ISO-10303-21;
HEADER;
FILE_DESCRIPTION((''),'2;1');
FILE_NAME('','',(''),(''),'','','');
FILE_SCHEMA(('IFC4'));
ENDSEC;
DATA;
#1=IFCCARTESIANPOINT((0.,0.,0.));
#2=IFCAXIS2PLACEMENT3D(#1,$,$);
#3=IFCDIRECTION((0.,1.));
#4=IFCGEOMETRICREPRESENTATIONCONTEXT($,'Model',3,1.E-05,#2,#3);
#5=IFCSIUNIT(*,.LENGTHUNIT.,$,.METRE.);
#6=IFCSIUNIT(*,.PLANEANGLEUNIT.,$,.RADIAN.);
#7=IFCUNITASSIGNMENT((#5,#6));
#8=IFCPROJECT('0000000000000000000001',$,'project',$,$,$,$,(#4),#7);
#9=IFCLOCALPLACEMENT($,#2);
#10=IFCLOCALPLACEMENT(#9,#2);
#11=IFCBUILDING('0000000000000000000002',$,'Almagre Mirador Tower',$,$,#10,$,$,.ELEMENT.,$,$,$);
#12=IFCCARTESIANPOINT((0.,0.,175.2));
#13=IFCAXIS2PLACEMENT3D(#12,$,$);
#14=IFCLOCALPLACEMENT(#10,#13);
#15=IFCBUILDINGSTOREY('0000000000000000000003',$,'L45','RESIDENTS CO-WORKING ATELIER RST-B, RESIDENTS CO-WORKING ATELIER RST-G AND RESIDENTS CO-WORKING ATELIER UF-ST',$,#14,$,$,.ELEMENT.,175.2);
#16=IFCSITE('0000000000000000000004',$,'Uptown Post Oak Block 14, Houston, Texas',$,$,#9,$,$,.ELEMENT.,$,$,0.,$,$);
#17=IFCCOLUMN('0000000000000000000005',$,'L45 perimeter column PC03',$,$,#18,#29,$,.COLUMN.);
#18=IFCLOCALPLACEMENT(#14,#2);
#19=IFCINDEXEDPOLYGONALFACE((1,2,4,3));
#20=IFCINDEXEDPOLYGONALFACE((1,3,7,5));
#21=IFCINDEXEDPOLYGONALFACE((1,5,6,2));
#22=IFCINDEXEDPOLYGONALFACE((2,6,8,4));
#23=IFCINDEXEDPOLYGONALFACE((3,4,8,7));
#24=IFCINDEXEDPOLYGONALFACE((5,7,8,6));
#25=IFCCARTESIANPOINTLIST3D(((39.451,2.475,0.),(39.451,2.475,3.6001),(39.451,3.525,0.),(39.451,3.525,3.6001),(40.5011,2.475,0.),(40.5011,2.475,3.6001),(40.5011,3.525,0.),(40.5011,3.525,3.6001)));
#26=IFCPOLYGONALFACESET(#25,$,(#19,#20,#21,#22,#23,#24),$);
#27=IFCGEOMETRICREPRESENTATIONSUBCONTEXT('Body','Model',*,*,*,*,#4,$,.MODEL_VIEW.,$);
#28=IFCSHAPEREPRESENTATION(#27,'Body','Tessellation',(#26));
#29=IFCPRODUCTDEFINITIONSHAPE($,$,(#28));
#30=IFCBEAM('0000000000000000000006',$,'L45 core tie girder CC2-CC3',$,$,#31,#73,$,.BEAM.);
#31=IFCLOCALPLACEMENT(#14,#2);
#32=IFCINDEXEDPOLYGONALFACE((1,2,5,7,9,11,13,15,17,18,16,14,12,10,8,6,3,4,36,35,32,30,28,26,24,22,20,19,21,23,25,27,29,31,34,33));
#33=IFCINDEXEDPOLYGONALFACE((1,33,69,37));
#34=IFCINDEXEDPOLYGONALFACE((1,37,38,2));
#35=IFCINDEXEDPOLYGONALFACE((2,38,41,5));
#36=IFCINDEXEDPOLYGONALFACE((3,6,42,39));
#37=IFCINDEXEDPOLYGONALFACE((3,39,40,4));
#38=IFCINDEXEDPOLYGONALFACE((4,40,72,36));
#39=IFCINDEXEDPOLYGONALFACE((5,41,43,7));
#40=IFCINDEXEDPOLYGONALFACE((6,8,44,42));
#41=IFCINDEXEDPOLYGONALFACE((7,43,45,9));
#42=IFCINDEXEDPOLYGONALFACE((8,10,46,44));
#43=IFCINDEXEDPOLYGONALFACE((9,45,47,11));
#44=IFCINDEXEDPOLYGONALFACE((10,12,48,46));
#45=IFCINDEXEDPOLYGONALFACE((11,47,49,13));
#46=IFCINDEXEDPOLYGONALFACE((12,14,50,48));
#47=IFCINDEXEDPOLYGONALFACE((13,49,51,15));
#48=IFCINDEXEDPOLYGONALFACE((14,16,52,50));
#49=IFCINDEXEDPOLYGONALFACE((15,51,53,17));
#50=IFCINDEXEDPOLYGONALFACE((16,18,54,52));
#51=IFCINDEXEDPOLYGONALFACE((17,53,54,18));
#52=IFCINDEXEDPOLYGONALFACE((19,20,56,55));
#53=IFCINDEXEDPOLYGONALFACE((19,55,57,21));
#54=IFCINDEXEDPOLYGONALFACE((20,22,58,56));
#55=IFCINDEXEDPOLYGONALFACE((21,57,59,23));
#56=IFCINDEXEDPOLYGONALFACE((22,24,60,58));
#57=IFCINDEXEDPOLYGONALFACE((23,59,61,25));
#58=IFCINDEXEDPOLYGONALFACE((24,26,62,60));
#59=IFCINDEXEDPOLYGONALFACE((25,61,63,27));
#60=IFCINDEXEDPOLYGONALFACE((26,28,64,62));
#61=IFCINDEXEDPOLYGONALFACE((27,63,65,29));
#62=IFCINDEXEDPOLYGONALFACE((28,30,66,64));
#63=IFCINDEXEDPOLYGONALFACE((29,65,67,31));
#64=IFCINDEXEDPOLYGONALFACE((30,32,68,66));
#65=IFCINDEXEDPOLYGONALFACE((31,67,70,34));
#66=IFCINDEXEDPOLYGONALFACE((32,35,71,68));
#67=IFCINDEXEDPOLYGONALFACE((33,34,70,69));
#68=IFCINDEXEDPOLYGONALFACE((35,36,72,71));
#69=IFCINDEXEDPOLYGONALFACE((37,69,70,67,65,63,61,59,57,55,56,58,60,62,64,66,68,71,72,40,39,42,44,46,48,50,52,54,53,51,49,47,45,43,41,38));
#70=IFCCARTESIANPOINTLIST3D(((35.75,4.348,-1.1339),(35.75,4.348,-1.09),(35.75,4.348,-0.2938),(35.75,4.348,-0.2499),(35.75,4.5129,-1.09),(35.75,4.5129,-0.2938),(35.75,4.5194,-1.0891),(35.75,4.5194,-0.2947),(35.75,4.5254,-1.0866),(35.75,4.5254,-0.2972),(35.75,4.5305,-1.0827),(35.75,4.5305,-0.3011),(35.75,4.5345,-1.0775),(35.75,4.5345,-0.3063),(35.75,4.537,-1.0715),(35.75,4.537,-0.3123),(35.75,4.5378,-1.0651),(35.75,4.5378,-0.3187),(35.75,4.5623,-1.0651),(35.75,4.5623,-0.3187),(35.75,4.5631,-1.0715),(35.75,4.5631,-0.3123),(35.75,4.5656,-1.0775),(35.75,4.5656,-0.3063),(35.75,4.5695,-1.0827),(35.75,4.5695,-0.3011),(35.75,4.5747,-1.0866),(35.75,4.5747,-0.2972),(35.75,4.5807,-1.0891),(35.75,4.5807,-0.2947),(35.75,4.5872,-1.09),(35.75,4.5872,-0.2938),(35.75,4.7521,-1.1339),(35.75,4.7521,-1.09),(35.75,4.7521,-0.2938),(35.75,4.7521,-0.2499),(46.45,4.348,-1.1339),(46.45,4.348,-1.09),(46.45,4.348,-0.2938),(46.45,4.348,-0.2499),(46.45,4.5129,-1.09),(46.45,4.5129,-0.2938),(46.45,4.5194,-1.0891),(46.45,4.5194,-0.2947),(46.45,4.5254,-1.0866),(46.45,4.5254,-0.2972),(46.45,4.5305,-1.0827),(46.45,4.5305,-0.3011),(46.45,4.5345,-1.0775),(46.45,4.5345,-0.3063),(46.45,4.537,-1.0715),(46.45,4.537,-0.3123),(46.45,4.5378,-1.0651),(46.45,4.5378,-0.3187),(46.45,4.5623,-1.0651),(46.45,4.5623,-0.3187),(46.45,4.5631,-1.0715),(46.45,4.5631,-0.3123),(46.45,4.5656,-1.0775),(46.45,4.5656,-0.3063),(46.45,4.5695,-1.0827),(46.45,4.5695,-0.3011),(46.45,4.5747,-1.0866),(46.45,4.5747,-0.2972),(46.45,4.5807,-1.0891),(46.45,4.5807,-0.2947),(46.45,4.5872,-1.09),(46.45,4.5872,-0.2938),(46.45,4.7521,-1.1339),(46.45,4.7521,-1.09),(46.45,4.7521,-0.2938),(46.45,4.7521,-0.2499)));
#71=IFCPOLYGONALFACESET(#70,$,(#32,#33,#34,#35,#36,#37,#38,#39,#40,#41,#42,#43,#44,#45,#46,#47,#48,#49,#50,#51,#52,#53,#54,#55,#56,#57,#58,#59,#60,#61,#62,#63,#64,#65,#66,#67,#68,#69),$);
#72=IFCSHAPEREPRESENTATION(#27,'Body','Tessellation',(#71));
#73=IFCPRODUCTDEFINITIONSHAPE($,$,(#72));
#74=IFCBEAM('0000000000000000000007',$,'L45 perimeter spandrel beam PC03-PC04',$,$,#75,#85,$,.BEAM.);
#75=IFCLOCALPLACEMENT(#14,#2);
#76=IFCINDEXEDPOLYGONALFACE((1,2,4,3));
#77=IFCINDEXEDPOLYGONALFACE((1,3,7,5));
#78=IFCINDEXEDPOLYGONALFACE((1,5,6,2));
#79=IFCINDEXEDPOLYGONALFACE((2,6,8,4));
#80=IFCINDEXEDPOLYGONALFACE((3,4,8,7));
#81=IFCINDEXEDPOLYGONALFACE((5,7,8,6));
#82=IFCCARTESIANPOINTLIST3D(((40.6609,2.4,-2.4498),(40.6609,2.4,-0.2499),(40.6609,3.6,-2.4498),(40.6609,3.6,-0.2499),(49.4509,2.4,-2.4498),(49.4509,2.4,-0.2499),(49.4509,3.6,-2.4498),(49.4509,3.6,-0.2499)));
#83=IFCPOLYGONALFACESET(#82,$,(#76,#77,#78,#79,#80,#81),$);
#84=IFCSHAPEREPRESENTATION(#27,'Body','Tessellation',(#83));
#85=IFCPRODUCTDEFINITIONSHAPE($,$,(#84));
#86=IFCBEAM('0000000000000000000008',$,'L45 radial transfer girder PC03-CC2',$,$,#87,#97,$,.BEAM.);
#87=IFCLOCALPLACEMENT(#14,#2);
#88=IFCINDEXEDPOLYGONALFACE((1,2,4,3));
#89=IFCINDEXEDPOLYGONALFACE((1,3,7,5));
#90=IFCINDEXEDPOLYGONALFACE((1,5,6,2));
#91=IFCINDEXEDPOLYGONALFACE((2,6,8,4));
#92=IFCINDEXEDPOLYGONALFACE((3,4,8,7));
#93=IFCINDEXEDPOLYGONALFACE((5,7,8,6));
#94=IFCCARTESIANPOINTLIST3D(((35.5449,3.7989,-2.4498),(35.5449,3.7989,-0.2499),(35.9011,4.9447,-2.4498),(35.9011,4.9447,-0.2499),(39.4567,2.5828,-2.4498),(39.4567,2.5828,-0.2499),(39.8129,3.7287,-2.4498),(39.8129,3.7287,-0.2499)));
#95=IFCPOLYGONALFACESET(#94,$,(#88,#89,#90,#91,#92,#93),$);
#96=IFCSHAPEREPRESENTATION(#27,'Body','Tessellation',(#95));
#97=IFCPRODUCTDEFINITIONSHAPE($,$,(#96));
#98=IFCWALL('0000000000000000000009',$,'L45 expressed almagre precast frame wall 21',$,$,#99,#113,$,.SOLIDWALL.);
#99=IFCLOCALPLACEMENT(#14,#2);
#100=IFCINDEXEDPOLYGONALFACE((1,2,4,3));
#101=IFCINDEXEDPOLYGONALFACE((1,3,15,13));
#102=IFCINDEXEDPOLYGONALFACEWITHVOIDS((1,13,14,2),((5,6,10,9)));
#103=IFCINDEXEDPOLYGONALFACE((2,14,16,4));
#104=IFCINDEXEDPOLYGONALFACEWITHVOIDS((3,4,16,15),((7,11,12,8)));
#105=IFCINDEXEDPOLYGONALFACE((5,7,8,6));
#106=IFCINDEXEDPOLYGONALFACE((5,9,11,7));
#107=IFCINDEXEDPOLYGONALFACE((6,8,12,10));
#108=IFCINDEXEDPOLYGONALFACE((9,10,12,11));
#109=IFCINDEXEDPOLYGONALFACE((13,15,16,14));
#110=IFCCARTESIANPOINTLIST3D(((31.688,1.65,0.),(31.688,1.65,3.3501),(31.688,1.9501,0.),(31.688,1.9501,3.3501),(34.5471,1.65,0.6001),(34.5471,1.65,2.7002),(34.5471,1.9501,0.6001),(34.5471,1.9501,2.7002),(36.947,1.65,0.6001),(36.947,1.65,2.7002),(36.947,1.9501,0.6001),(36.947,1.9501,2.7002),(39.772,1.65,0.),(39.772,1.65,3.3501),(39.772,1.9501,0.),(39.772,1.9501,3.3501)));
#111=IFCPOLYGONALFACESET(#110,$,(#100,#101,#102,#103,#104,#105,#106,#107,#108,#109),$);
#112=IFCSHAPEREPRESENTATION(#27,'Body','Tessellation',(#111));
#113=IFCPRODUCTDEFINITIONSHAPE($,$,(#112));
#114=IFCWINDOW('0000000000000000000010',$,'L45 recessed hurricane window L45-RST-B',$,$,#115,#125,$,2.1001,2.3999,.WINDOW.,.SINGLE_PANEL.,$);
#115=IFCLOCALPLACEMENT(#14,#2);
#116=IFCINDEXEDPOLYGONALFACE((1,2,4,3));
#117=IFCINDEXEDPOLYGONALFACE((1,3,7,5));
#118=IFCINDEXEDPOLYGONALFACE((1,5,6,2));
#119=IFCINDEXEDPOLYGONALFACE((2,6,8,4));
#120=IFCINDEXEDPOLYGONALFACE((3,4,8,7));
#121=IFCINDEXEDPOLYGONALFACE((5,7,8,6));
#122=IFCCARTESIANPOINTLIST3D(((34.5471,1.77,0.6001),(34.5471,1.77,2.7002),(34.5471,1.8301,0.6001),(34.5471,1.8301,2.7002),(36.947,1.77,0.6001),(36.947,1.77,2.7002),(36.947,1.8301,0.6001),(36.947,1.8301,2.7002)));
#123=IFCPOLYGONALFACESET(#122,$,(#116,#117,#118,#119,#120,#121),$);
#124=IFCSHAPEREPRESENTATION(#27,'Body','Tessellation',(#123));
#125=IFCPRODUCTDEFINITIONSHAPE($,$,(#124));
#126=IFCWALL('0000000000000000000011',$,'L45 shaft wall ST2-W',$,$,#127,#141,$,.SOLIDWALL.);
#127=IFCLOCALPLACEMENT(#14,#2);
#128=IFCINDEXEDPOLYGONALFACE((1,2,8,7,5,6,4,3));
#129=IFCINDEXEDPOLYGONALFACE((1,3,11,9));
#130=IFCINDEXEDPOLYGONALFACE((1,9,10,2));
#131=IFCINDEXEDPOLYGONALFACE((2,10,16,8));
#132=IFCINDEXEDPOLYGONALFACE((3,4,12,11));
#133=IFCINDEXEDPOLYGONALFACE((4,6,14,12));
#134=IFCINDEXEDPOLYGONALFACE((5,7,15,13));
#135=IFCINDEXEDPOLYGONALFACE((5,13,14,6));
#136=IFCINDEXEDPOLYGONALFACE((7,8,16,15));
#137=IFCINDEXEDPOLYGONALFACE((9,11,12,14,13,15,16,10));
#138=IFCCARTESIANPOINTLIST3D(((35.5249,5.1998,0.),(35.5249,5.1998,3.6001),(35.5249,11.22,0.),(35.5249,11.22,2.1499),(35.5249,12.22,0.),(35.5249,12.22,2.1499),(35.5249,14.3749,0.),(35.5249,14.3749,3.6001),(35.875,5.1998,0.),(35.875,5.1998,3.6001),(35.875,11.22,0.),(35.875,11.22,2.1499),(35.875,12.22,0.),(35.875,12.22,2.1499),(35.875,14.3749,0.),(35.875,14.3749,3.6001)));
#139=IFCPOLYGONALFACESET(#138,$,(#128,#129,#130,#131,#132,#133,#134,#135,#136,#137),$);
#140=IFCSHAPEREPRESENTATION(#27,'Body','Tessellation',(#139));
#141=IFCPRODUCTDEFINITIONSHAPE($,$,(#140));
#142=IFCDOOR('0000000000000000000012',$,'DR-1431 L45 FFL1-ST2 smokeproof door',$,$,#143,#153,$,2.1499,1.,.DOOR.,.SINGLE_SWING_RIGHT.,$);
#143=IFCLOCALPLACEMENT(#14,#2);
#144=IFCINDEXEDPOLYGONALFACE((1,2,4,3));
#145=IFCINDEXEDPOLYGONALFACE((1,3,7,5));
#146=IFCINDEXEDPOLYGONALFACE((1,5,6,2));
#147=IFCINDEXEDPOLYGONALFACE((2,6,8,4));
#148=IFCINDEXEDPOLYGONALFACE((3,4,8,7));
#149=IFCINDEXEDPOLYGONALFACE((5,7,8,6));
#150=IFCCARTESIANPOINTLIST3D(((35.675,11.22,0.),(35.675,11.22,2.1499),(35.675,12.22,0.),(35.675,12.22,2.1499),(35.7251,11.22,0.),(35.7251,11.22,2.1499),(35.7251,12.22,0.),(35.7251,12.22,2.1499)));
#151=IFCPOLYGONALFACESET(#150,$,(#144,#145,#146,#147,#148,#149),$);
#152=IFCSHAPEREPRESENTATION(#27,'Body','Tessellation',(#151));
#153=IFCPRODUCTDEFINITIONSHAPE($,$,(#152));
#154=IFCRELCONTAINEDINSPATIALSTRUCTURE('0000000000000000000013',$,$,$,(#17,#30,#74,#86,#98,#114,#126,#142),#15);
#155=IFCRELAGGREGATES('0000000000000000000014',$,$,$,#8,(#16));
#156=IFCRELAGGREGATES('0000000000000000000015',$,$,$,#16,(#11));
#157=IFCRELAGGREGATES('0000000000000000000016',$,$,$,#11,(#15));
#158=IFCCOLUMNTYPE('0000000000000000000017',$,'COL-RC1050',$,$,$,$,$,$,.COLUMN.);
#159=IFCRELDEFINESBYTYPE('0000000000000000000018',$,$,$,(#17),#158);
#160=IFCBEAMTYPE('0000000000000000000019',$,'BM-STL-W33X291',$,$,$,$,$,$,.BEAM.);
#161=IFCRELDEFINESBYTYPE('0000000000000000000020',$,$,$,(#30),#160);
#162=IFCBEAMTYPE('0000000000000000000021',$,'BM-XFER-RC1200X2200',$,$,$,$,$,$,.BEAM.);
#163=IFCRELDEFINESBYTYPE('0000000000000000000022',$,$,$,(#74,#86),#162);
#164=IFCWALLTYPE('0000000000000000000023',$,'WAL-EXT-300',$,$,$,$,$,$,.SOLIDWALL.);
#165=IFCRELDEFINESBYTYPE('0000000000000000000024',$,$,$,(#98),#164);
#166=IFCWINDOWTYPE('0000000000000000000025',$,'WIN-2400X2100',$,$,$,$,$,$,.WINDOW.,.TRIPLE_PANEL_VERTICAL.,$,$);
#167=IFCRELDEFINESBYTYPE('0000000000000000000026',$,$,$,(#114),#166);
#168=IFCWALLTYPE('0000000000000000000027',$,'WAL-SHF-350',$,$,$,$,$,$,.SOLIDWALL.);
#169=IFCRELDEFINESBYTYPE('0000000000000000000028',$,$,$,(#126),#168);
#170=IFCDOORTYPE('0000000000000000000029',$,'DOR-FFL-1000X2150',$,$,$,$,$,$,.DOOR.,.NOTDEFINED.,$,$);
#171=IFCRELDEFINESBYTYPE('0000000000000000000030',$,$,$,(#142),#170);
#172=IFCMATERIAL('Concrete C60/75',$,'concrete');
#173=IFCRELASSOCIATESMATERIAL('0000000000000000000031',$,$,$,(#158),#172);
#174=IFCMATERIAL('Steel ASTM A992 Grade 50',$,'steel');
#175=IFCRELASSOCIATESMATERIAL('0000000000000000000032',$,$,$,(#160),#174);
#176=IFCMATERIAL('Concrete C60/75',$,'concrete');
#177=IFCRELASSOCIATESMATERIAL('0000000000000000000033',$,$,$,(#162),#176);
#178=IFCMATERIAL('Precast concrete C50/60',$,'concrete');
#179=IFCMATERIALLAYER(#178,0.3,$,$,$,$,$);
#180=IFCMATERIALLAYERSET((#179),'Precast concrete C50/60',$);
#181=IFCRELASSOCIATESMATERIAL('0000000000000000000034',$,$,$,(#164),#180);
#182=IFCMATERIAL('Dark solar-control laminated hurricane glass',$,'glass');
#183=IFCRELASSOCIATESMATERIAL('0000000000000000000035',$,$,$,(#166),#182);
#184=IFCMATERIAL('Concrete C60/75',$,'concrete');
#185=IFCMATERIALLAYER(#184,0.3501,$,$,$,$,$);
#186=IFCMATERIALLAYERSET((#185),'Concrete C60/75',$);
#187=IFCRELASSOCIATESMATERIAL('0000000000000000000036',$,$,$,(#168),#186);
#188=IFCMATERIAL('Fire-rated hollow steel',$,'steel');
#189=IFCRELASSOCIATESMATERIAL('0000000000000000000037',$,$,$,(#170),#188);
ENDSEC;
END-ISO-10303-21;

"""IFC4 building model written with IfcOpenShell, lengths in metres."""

from ifc_helpers import new_model, si_unit, direction, frame, frame_2d, origin, origin_2d, place, context, subcontext, project, spatial, rectangle, i_section, extrude, material, layer, layer_set, material_profile, profile_set, type_object, element, fill, save


model = new_model("IFC4")

# Units and contexts
model_context = context("Model", 3, precision=1e-05, world=origin(), true_north=direction((0.0, 1.0)))
body_context = subcontext(model_context, "Body", "Model", "MODEL_VIEW")
ifc_project = project(units=[si_unit("LENGTHUNIT", "METRE"), si_unit("PLANEANGLEUNIT", "RADIAN")], contexts=[model_context])

# Site, building, storey
site_placement = place(None, origin())
site = spatial("IfcSite", under=ifc_project, at=site_placement, Name="Uptown Post Oak Block 14, Houston, Texas", CompositionType="ELEMENT", RefElevation=0.0)
building_placement = place(site_placement, origin())
building = spatial("IfcBuilding", under=site, at=building_placement, Name="Almagre Mirador Tower", CompositionType="ELEMENT")
storey_placement = place(building_placement, frame((0.0, 0.0, 175.2)))
storey = spatial("IfcBuildingStorey", under=building, at=storey_placement, Name="L45", Description="RESIDENTS CO-WORKING ATELIER RST-B, RESIDENTS CO-WORKING ATELIER RST-G AND RESIDENTS CO-WORKING ATELIER UF-ST", CompositionType="ELEMENT", Elevation=175.2)

# Column
ifc_material_1 = material(Name="Concrete C60/75", Category="concrete")
ifc_material_profile_1 = material_profile(ifc_material_1, rectangle(XDim=1.05, YDim=1.05, at=origin_2d()), Name="RC1050X1050")
ifc_profile_set_1 = profile_set([ifc_material_profile_1], Name="Concrete C60/75")
column_type = type_object("IfcColumnType", Name="COL-RC1050", PredefinedType="COLUMN", material=ifc_profile_set_1)
column_placement = place(storey_placement, frame((39.9761, 3.0, 0.0), z_axis=(0.0, 0.0, 1.0), x_axis=(1.0, 0.0, 0.0)))
element("IfcColumn", 1, at=column_placement, inside=storey, type_object=column_type, Name="L45 perimeter column PC03", PredefinedType="COLUMN", context=body_context, shape_type="SweptSolid", body=[
    extrude(rectangle(XDim=1.05, YDim=1.05, at=origin_2d()), origin(), (0.0, 0.0, 1.0), 3.6001),
])

# Beams
ifc_material_2 = material(Name="Steel ASTM A992 Grade 50", Category="steel")
ifc_material_profile_2 = material_profile(ifc_material_2, i_section(OverallWidth=0.4041, OverallDepth=0.884, WebThickness=0.0244, FlangeThickness=0.0439, FilletRadius=0.0249, at=origin_2d()), Name="W33X291")
ifc_profile_set_2 = profile_set([ifc_material_profile_2], Name="Steel ASTM A992 Grade 50")
beam_type_1 = type_object("IfcBeamType", Name="BM-STL-W33X291", PredefinedType="BEAM", material=ifc_profile_set_2)
beam_1_placement = place(storey_placement, frame((35.75, 4.55, -0.6919), z_axis=(1.0, 0.0, 0.0), x_axis=(0.0, 1.0, 0.0)))
element("IfcBeam", 2, at=beam_1_placement, inside=storey, type_object=beam_type_1, Name="L45 core tie girder CC2-CC3", PredefinedType="BEAM", context=body_context, shape_type="SweptSolid", body=[
    extrude(i_section(OverallWidth=0.4041, OverallDepth=0.884, WebThickness=0.0244, FlangeThickness=0.0439, FilletRadius=0.0249, at=origin_2d()), origin(), (0.0, 0.0, 1.0), 10.7),
])
ifc_material_3 = material(Name="Concrete C60/75", Category="concrete")
ifc_material_profile_3 = material_profile(ifc_material_3, rectangle(XDim=1.2, YDim=2.2, at=origin_2d()), Name="RC1200X2200")
ifc_profile_set_3 = profile_set([ifc_material_profile_3], Name="Concrete C60/75")
beam_type_2 = type_object("IfcBeamType", Name="BM-XFER-RC1200X2200", PredefinedType="BEAM", material=ifc_profile_set_3)
beam_2_placement = place(storey_placement, frame((40.6609, 3.0, -1.3499), z_axis=(1.0, 0.0, 0.0), x_axis=(0.0, 1.0, 0.0)))
element("IfcBeam", 3, at=beam_2_placement, inside=storey, type_object=beam_type_2, Name="L45 perimeter spandrel beam PC03-PC04", PredefinedType="BEAM", context=body_context, shape_type="SweptSolid", body=[
    extrude(rectangle(XDim=1.2, YDim=2.2, at=origin_2d()), origin(), (0.0, 0.0, 1.0), 8.79),
])
beam_3_placement = place(storey_placement, frame((39.6348, 3.1558, -1.3499), z_axis=(-0.954923, 0.296853, 0.0), x_axis=(-0.296853, -0.954923, 0.0)))
element("IfcBeam", 4, at=beam_3_placement, inside=storey, type_object=beam_type_2, Name="L45 radial transfer girder PC03-CC2", PredefinedType="BEAM", context=body_context, shape_type="SweptSolid", body=[
    extrude(rectangle(XDim=1.2, YDim=2.2, at=origin_2d()), origin(), (0.0, 0.0, 1.0), 4.0964),
])

# Wall, opening, window
ifc_material_4 = material(Name="Precast concrete C50/60", Category="concrete")
ifc_layer_1 = layer(ifc_material_4, 0.3)
ifc_layer_set_1 = layer_set([ifc_layer_1], Name="Precast concrete C50/60")
wall_type_1 = type_object("IfcWallType", Name="WAL-EXT-300", PredefinedType="SOLIDWALL", material=ifc_layer_set_1)
wall_1_placement = place(storey_placement, frame((39.772, 1.8, 0.0), z_axis=(0.0, 0.0, 1.0), x_axis=(-1.0, 0.0, 0.0)))
wall_1 = element("IfcWall", 5, at=wall_1_placement, inside=storey, type_object=wall_type_1, Name="L45 expressed almagre precast frame wall 21", PredefinedType="SOLIDWALL", context=body_context, shape_type="SweptSolid", body=[
    extrude(rectangle(XDim=8.084, YDim=0.3, at=frame_2d((4.042, 0.0))), origin(), (0.0, 0.0, 1.0), 3.3501),
])
opening_1_placement = place(wall_1_placement, frame((2.825, 0.0, 0.6001)))
opening_1 = element("IfcOpeningElement", 6, at=opening_1_placement, cuts=wall_1, PredefinedType="OPENING", context=body_context, shape_type="SweptSolid", body=[
    extrude(rectangle(XDim=2.3999, YDim=2.1001, at=frame_2d((1.2, 1.05))), frame((0.0, 0.1599, 0.0), z_axis=(0.0, -1.0, 0.0), x_axis=(1.0, 0.0, 0.0)), (0.0, 0.0, 1.0), 0.32),
])
ifc_material_5 = material(Name="Dark solar-control laminated hurricane glass", Category="glass")
window_type = type_object("IfcWindowType", Name="WIN-2400X2100", PartitioningType="TRIPLE_PANEL_VERTICAL", PredefinedType="WINDOW", material=ifc_material_5)
window_placement = place(opening_1_placement, origin())
window = element("IfcWindow", 7, at=window_placement, inside=storey, type_object=window_type, Name="L45 recessed hurricane window L45-RST-B", OverallHeight=2.1001, OverallWidth=2.3999, PartitioningType="SINGLE_PANEL", PredefinedType="WINDOW", context=body_context, shape_type="SweptSolid", body=[
    extrude(rectangle(XDim=2.3999, YDim=2.1001, at=frame_2d((1.2, 1.05))), frame((0.0, 0.03, 0.0), z_axis=(0.0, -1.0, 0.0), x_axis=(1.0, 0.0, 0.0)), (0.0, 0.0, 1.0), 0.0601),
])
fill(opening_1, window)

# Wall, opening, door
ifc_material_6 = material(Name="Concrete C60/75", Category="concrete")
ifc_layer_2 = layer(ifc_material_6, 0.3501)
ifc_layer_set_2 = layer_set([ifc_layer_2], Name="Concrete C60/75")
wall_type_2 = type_object("IfcWallType", Name="WAL-SHF-350", PredefinedType="SOLIDWALL", material=ifc_layer_set_2)
wall_2_placement = place(storey_placement, frame((35.7, 5.2, 0.0), z_axis=(0.0, 0.0, 1.0), x_axis=(0.0, 1.0, 0.0)))
wall_2 = element("IfcWall", 8, at=wall_2_placement, inside=storey, type_object=wall_type_2, Name="L45 shaft wall ST2-W", PredefinedType="SOLIDWALL", context=body_context, shape_type="SweptSolid", body=[
    extrude(rectangle(XDim=9.175, YDim=0.3501, at=frame_2d((4.5874, 0.0))), origin(), (0.0, 0.0, 1.0), 3.6001),
])
opening_2_placement = place(wall_2_placement, frame((6.02, 0.0, 0.0)))
opening_2 = element("IfcOpeningElement", 9, at=opening_2_placement, cuts=wall_2, PredefinedType="OPENING", context=body_context, shape_type="SweptSolid", body=[
    extrude(rectangle(XDim=1.0, YDim=2.1499, at=frame_2d((0.5, 1.075))), frame((0.0, 0.185, 0.0), z_axis=(0.0, -1.0, 0.0), x_axis=(1.0, 0.0, 0.0)), (0.0, 0.0, 1.0), 0.3701),
])
ifc_material_7 = material(Name="Fire-rated hollow steel", Category="steel")
door_type_1 = type_object("IfcDoorType", Name="DOR-FFL-1000X2150", OperationType="NOTDEFINED", PredefinedType="DOOR", material=ifc_material_7)
door_1_placement = place(opening_2_placement, origin())
door_1 = element("IfcDoor", 10, at=door_1_placement, inside=storey, type_object=door_type_1, Name="DR-1431 L45 FFL1-ST2 smokeproof door", OperationType="SINGLE_SWING_RIGHT", OverallHeight=2.1499, OverallWidth=1.0, PredefinedType="DOOR", context=body_context, shape_type="SweptSolid", body=[
    extrude(rectangle(XDim=1.0, YDim=2.1499, at=frame_2d((0.5, 1.075))), frame((0.0, 0.0249, 0.0), z_axis=(0.0, -1.0, 0.0), x_axis=(1.0, 0.0, 0.0)), (0.0, 0.0, 1.0), 0.05),
])
fill(opening_2, door_1)

save(model, "model.ifc")
